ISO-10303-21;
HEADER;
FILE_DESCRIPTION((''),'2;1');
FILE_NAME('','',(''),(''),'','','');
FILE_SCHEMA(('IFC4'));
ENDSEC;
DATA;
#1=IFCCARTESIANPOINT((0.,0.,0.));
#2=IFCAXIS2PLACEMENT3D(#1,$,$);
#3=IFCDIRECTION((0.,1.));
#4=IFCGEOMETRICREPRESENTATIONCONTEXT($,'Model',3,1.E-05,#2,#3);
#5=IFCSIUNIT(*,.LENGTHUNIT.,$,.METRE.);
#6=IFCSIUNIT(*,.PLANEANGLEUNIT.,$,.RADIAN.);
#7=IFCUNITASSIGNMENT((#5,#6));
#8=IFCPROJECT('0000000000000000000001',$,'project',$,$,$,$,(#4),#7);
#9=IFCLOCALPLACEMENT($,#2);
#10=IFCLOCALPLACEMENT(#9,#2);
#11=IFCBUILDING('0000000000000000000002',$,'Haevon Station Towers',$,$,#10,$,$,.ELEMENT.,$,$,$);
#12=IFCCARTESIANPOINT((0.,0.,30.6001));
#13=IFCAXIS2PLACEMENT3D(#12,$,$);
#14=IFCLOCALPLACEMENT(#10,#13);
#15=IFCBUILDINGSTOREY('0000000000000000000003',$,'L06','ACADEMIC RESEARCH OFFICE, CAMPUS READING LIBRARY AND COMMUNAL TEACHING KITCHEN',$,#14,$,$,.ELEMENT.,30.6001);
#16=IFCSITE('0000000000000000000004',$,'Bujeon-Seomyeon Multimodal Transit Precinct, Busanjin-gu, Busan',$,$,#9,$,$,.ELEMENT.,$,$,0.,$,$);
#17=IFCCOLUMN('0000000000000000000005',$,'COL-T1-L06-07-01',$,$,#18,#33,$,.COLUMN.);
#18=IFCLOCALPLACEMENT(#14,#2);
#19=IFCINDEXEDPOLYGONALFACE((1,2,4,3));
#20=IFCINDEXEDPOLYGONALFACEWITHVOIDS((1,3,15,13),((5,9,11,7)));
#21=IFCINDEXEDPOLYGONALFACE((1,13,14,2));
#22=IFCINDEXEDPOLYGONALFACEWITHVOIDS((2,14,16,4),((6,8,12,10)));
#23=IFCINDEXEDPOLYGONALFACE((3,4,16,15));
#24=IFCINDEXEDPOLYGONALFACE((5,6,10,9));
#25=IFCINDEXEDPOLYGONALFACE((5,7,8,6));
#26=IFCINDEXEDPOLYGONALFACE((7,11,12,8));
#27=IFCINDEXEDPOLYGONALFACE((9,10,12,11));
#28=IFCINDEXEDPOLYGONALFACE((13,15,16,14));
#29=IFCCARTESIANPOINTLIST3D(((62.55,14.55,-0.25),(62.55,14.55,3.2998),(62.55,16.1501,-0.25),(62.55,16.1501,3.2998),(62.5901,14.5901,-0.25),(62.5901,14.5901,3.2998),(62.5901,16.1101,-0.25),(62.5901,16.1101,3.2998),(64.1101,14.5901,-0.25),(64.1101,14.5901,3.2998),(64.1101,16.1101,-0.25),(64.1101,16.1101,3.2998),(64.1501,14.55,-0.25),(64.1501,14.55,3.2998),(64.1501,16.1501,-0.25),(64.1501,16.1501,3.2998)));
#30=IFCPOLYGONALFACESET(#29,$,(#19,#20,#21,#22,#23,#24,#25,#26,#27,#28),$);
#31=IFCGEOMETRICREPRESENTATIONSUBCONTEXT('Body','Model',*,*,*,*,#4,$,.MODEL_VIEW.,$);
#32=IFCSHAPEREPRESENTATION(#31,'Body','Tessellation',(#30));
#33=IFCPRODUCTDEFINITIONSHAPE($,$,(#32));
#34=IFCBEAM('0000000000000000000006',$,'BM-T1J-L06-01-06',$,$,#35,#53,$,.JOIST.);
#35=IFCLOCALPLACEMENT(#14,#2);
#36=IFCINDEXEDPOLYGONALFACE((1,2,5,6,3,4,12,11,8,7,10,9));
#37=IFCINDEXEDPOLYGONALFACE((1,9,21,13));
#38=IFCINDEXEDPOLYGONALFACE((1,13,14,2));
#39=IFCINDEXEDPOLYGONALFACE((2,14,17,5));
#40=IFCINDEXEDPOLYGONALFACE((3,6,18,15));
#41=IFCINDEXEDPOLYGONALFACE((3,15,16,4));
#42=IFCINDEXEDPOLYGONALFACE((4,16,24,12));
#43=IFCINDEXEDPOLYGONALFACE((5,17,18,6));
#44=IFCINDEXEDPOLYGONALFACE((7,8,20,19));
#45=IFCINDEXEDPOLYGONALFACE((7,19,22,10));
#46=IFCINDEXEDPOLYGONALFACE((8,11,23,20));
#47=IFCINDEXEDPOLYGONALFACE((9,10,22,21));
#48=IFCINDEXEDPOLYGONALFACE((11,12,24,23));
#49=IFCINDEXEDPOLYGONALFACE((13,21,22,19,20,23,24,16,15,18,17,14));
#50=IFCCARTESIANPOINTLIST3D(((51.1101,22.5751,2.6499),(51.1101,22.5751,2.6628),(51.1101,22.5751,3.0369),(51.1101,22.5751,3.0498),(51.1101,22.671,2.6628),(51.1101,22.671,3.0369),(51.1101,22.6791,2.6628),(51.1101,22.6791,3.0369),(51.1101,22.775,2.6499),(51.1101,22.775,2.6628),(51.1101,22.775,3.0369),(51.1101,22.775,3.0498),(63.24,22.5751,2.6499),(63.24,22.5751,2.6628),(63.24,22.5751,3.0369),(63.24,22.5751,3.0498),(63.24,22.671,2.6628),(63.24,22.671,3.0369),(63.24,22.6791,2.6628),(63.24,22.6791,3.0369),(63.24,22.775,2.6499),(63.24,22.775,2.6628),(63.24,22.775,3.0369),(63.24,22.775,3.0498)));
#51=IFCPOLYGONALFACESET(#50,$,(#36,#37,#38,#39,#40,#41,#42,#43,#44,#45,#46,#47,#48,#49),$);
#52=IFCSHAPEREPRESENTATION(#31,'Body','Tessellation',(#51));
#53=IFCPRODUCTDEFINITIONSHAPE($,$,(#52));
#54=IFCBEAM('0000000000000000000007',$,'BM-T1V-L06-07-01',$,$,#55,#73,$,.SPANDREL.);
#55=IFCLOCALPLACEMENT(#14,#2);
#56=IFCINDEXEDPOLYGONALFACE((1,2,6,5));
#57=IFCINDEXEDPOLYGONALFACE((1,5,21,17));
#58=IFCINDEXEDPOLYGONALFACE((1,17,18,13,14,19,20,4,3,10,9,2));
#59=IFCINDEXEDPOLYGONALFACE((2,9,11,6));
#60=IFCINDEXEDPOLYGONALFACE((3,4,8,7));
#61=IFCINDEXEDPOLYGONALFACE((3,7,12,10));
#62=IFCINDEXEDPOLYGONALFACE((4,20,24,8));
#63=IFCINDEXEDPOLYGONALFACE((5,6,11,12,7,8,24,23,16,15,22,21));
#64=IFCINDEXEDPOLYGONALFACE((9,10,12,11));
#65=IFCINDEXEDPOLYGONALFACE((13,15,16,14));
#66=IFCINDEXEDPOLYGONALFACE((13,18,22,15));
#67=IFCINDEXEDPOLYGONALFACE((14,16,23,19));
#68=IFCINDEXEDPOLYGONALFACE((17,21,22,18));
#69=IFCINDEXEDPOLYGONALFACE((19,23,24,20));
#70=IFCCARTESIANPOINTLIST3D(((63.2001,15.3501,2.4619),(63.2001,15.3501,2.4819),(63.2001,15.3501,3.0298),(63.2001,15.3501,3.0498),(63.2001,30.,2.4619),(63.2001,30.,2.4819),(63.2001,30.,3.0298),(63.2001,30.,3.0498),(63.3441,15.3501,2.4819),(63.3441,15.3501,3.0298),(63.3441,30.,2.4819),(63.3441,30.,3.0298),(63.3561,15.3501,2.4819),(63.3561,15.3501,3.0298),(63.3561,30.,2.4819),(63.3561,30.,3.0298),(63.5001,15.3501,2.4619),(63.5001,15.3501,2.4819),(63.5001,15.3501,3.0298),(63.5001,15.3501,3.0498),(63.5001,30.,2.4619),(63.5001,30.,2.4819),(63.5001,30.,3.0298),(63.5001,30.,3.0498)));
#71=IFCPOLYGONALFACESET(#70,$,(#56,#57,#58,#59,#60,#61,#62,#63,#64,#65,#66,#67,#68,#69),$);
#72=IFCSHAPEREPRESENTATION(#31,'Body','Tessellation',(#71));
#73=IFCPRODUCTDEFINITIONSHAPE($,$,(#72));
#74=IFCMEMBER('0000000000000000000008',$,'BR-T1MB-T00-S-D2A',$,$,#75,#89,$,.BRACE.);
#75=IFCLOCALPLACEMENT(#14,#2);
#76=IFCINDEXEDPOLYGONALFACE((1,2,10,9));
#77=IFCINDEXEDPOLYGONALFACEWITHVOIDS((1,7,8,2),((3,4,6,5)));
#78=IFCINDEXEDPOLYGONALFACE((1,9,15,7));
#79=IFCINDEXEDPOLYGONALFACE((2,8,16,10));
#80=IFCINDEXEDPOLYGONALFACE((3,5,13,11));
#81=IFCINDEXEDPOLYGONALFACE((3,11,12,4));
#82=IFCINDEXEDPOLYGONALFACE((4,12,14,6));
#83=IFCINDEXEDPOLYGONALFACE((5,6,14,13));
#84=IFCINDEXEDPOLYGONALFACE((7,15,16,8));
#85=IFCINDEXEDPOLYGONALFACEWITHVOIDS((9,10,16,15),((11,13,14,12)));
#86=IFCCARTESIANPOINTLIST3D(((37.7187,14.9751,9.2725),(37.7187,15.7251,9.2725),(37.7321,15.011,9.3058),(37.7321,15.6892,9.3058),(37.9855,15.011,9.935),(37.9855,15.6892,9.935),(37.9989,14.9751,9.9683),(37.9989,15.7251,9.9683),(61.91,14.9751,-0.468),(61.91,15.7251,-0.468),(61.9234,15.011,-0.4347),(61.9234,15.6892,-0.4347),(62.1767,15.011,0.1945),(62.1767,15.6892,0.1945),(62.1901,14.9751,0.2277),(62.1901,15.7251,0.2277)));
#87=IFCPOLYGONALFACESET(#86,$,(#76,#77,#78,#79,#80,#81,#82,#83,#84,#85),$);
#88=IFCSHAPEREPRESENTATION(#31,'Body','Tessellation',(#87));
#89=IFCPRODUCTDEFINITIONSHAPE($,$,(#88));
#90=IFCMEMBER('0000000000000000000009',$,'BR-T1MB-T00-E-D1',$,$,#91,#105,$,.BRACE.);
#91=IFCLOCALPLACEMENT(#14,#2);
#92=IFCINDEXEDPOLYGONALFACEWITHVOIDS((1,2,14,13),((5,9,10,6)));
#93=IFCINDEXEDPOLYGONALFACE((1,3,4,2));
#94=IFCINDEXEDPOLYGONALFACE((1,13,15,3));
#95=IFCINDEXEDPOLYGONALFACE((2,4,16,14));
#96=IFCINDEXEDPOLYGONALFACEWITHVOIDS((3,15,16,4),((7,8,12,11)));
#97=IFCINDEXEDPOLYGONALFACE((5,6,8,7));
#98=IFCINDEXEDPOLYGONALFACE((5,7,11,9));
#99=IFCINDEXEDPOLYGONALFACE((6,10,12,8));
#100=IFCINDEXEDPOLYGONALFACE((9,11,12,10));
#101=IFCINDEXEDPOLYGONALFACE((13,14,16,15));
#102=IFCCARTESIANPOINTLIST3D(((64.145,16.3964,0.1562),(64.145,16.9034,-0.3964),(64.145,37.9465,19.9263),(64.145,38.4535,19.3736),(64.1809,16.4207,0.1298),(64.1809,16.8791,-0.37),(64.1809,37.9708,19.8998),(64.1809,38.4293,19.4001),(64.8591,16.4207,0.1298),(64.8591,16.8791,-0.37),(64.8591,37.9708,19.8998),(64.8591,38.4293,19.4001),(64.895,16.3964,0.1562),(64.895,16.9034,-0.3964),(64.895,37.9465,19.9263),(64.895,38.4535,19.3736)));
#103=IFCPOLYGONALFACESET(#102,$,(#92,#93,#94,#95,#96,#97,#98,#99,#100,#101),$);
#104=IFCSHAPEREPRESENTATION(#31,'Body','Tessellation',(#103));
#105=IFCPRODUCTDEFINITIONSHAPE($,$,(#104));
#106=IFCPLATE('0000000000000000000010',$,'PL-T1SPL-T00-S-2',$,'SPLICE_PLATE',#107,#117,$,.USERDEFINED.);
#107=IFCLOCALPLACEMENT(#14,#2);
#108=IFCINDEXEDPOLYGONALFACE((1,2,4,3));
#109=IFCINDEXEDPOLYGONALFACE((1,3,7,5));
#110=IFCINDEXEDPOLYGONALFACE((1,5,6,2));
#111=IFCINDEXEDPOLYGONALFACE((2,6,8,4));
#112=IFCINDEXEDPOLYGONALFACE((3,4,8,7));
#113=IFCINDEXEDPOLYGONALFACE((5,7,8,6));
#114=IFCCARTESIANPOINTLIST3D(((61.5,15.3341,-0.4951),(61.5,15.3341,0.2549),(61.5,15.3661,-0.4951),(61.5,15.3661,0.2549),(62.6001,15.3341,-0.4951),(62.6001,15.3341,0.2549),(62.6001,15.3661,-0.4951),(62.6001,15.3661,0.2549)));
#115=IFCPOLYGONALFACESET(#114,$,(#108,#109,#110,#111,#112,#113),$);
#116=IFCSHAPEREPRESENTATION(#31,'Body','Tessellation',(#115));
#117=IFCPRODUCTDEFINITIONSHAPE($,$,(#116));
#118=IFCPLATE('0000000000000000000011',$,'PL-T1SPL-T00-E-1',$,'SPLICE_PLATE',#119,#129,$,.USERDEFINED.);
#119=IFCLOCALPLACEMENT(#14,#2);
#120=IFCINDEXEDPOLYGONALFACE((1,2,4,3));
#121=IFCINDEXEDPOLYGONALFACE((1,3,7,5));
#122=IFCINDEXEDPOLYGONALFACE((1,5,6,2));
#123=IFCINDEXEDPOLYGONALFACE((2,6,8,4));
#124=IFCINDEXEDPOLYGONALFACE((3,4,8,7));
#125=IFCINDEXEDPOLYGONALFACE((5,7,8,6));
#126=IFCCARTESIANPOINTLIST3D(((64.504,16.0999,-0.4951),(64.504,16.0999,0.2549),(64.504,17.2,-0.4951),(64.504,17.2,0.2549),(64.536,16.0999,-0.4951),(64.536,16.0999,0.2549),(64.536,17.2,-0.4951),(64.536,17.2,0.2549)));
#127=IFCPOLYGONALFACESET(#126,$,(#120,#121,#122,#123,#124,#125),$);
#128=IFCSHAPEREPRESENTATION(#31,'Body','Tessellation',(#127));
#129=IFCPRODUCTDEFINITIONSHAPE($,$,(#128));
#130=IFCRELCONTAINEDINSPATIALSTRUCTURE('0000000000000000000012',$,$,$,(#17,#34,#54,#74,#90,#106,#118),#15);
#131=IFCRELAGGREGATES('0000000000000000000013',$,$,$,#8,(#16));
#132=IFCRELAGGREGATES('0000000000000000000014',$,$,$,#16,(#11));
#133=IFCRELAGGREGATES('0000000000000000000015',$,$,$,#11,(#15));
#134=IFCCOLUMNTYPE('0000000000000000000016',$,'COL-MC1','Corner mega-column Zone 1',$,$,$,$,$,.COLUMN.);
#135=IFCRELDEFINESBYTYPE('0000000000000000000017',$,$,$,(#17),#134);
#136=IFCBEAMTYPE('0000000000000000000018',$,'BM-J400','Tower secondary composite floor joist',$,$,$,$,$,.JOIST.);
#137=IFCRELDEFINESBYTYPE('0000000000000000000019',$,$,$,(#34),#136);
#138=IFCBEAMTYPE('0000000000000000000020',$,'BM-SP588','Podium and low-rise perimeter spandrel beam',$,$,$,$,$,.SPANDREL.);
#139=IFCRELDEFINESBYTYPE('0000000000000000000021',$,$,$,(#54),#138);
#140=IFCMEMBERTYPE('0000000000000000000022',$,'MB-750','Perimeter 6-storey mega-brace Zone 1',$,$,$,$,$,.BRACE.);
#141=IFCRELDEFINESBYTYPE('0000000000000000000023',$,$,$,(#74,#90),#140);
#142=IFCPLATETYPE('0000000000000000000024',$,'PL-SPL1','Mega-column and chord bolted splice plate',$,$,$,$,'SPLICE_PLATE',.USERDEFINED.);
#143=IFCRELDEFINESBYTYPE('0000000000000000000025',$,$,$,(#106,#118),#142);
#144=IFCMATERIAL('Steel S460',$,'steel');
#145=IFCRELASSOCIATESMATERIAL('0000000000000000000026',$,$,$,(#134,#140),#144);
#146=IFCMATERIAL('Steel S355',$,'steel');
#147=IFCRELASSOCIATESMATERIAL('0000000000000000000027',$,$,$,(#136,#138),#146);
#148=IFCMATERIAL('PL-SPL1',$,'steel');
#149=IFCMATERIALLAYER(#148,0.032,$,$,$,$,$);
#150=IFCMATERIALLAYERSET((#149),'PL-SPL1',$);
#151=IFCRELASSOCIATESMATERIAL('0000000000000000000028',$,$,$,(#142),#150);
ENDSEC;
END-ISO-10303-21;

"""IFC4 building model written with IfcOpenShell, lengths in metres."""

from ifc_helpers import new_model, si_unit, direction, frame, origin, origin_2d, place, context, subcontext, project, spatial, rectangle, hollow_rectangle, i_section, extrude, material, layer, layer_set, material_profile, profile_set, type_object, element, save


model = new_model("IFC4")

# Units and contexts
model_context = context("Model", 3, precision=1e-05, world=origin(), true_north=direction((0.0, 1.0)))
body_context = subcontext(model_context, "Body", "Model", "MODEL_VIEW")
ifc_project = project(units=[si_unit("LENGTHUNIT", "METRE"), si_unit("PLANEANGLEUNIT", "RADIAN")], contexts=[model_context])

# Site, building, storey
site_placement = place(None, origin())
site = spatial("IfcSite", under=ifc_project, at=site_placement, Name="Bujeon-Seomyeon Multimodal Transit Precinct, Busanjin-gu, Busan", CompositionType="ELEMENT", RefElevation=0.0)
building_placement = place(site_placement, origin())
building = spatial("IfcBuilding", under=site, at=building_placement, Name="Haevon Station Towers", CompositionType="ELEMENT")
storey_placement = place(building_placement, frame((0.0, 0.0, 30.6001)))
storey = spatial("IfcBuildingStorey", under=building, at=storey_placement, Name="L06", Description="ACADEMIC RESEARCH OFFICE, CAMPUS READING LIBRARY AND COMMUNAL TEACHING KITCHEN", CompositionType="ELEMENT", Elevation=30.6001)

# Column
ifc_material_1 = material(Name="Steel S460", Category="steel")
ifc_material_profile_1 = material_profile(ifc_material_1, hollow_rectangle(XDim=1.6001, YDim=1.6001, WallThickness=0.04, at=origin_2d()), Name="BOX-1600x1600x40")
ifc_profile_set_1 = profile_set([ifc_material_profile_1], Name="Steel S460")
column_type = type_object("IfcColumnType", Name="COL-MC1", Description="Corner mega-column Zone 1", PredefinedType="COLUMN", material=ifc_profile_set_1)
column_placement = place(storey_placement, frame((63.3501, 15.3501, -0.25), z_axis=(0.0, 0.0, 1.0), x_axis=(1.0, 0.0, 0.0)))
element("IfcColumn", 1, at=column_placement, inside=storey, type_object=column_type, Name="COL-T1-L06-07-01", PredefinedType="COLUMN", context=body_context, shape_type="SweptSolid", body=[
    extrude(hollow_rectangle(XDim=1.6001, YDim=1.6001, WallThickness=0.04, at=origin_2d()), origin(), (0.0, 0.0, 1.0), 3.5498),
])

# Beams
ifc_material_2 = material(Name="Steel S355", Category="steel")
ifc_material_profile_2 = material_profile(ifc_material_2, i_section(OverallWidth=0.2, OverallDepth=0.3999, WebThickness=0.0081, FlangeThickness=0.0129, at=origin_2d()), Name="H-400x200x8x13")
ifc_profile_set_2 = profile_set([ifc_material_profile_2], Name="Steel S355")
beam_type_1 = type_object("IfcBeamType", Name="BM-J400", Description="Tower secondary composite floor joist", PredefinedType="JOIST", material=ifc_profile_set_2)
beam_1_placement = place(storey_placement, frame((51.1101, 22.675, 2.8499), z_axis=(1.0, 0.0, 0.0), x_axis=(0.0, 1.0, 0.0)))
element("IfcBeam", 2, at=beam_1_placement, inside=storey, type_object=beam_type_1, Name="BM-T1J-L06-01-06", PredefinedType="JOIST", context=body_context, shape_type="SweptSolid", body=[
    extrude(i_section(OverallWidth=0.2, OverallDepth=0.3999, WebThickness=0.0081, FlangeThickness=0.0129, at=origin_2d()), origin(), (0.0, 0.0, 1.0), 12.1299),
])
ifc_material_profile_3 = material_profile(ifc_material_2, i_section(OverallWidth=0.3, OverallDepth=0.5879, WebThickness=0.012, FlangeThickness=0.02, at=origin_2d()), Name="H-588x300x12x20")
ifc_profile_set_3 = profile_set([ifc_material_profile_3], Name="Steel S355")
beam_type_2 = type_object("IfcBeamType", Name="BM-SP588", Description="Podium and low-rise perimeter spandrel beam", PredefinedType="SPANDREL", material=ifc_profile_set_3)
beam_2_placement = place(storey_placement, frame((63.3501, 15.3501, 2.7559), z_axis=(0.0, 1.0, 0.0), x_axis=(-1.0, 0.0, 0.0)))
element("IfcBeam", 3, at=beam_2_placement, inside=storey, type_object=beam_type_2, Name="BM-T1V-L06-07-01", PredefinedType="SPANDREL", context=body_context, shape_type="SweptSolid", body=[
    extrude(i_section(OverallWidth=0.3, OverallDepth=0.5879, WebThickness=0.012, FlangeThickness=0.02, at=origin_2d()), origin(), (0.0, 0.0, 1.0), 14.6499),
])

# Members
ifc_material_profile_4 = material_profile(ifc_material_1, hollow_rectangle(XDim=0.75, YDim=0.75, WallThickness=0.0359, at=origin_2d()), Name="RHS-750x750x36")
ifc_profile_set_4 = profile_set([ifc_material_profile_4], Name="Steel S460")
member_type = type_object("IfcMemberType", Name="MB-750", Description="Perimeter 6-storey mega-brace Zone 1", PredefinedType="BRACE", material=ifc_profile_set_4)
member_1_placement = place(storey_placement, frame((62.05, 15.3501, -0.1201), z_axis=(-0.927628, 0.0, 0.373506), x_axis=(0.0, -1.0, 0.0)))
element("IfcMember", 4, at=member_1_placement, inside=storey, type_object=member_type, Name="BR-T1MB-T00-S-D2A", PredefinedType="BRACE", context=body_context, shape_type="SweptSolid", body=[
    extrude(hollow_rectangle(XDim=0.75, YDim=0.75, WallThickness=0.0359, at=origin_2d()), origin(), (0.0, 0.0, 1.0), 26.0786),
])
member_2_placement = place(storey_placement, frame((64.52, 16.6499, -0.1201), z_axis=(0.0, 0.736885, 0.676018), x_axis=(-1.0, 0.0, 0.0)))
element("IfcMember", 5, at=member_2_placement, inside=storey, type_object=member_type, Name="BR-T1MB-T00-E-D1", PredefinedType="BRACE", context=body_context, shape_type="SweptSolid", body=[
    extrude(hollow_rectangle(XDim=0.75, YDim=0.75, WallThickness=0.0359, at=origin_2d()), origin(), (0.0, 0.0, 1.0), 29.2449),
])

# Plates
ifc_material_3 = material(Name="PL-SPL1", Category="steel")
ifc_layer_1 = layer(ifc_material_3, 0.032)
ifc_layer_set_1 = layer_set([ifc_layer_1], Name="PL-SPL1")
plate_type = type_object("IfcPlateType", Name="PL-SPL1", Description="Mega-column and chord bolted splice plate", ElementType="SPLICE_PLATE", PredefinedType="USERDEFINED", material=ifc_layer_set_1)
for number, where, z_axis, x_axis, name in (
    (6, (62.05, 15.3501, -0.4951), (0.0, 0.0, 1.0), (1.0, 0.0, 0.0), "PL-T1SPL-T00-S-2"),
    (7, (64.52, 16.6499, -0.4951), (0.0, 0.0, 1.0), (0.0, 1.0, 0.0), "PL-T1SPL-T00-E-1"),
):
    element("IfcPlate", number, at=place(storey_placement, frame(where, z_axis=z_axis, x_axis=x_axis)), inside=storey, type_object=plate_type, Name=name, ObjectType="SPLICE_PLATE", PredefinedType="USERDEFINED", context=body_context, shape_type="SweptSolid", body=[
        extrude(rectangle(XDim=1.1001, YDim=0.032, at=origin_2d()), origin(), (0.0, 0.0, 1.0), 0.75),
    ])

save(model, "model.ifc")
